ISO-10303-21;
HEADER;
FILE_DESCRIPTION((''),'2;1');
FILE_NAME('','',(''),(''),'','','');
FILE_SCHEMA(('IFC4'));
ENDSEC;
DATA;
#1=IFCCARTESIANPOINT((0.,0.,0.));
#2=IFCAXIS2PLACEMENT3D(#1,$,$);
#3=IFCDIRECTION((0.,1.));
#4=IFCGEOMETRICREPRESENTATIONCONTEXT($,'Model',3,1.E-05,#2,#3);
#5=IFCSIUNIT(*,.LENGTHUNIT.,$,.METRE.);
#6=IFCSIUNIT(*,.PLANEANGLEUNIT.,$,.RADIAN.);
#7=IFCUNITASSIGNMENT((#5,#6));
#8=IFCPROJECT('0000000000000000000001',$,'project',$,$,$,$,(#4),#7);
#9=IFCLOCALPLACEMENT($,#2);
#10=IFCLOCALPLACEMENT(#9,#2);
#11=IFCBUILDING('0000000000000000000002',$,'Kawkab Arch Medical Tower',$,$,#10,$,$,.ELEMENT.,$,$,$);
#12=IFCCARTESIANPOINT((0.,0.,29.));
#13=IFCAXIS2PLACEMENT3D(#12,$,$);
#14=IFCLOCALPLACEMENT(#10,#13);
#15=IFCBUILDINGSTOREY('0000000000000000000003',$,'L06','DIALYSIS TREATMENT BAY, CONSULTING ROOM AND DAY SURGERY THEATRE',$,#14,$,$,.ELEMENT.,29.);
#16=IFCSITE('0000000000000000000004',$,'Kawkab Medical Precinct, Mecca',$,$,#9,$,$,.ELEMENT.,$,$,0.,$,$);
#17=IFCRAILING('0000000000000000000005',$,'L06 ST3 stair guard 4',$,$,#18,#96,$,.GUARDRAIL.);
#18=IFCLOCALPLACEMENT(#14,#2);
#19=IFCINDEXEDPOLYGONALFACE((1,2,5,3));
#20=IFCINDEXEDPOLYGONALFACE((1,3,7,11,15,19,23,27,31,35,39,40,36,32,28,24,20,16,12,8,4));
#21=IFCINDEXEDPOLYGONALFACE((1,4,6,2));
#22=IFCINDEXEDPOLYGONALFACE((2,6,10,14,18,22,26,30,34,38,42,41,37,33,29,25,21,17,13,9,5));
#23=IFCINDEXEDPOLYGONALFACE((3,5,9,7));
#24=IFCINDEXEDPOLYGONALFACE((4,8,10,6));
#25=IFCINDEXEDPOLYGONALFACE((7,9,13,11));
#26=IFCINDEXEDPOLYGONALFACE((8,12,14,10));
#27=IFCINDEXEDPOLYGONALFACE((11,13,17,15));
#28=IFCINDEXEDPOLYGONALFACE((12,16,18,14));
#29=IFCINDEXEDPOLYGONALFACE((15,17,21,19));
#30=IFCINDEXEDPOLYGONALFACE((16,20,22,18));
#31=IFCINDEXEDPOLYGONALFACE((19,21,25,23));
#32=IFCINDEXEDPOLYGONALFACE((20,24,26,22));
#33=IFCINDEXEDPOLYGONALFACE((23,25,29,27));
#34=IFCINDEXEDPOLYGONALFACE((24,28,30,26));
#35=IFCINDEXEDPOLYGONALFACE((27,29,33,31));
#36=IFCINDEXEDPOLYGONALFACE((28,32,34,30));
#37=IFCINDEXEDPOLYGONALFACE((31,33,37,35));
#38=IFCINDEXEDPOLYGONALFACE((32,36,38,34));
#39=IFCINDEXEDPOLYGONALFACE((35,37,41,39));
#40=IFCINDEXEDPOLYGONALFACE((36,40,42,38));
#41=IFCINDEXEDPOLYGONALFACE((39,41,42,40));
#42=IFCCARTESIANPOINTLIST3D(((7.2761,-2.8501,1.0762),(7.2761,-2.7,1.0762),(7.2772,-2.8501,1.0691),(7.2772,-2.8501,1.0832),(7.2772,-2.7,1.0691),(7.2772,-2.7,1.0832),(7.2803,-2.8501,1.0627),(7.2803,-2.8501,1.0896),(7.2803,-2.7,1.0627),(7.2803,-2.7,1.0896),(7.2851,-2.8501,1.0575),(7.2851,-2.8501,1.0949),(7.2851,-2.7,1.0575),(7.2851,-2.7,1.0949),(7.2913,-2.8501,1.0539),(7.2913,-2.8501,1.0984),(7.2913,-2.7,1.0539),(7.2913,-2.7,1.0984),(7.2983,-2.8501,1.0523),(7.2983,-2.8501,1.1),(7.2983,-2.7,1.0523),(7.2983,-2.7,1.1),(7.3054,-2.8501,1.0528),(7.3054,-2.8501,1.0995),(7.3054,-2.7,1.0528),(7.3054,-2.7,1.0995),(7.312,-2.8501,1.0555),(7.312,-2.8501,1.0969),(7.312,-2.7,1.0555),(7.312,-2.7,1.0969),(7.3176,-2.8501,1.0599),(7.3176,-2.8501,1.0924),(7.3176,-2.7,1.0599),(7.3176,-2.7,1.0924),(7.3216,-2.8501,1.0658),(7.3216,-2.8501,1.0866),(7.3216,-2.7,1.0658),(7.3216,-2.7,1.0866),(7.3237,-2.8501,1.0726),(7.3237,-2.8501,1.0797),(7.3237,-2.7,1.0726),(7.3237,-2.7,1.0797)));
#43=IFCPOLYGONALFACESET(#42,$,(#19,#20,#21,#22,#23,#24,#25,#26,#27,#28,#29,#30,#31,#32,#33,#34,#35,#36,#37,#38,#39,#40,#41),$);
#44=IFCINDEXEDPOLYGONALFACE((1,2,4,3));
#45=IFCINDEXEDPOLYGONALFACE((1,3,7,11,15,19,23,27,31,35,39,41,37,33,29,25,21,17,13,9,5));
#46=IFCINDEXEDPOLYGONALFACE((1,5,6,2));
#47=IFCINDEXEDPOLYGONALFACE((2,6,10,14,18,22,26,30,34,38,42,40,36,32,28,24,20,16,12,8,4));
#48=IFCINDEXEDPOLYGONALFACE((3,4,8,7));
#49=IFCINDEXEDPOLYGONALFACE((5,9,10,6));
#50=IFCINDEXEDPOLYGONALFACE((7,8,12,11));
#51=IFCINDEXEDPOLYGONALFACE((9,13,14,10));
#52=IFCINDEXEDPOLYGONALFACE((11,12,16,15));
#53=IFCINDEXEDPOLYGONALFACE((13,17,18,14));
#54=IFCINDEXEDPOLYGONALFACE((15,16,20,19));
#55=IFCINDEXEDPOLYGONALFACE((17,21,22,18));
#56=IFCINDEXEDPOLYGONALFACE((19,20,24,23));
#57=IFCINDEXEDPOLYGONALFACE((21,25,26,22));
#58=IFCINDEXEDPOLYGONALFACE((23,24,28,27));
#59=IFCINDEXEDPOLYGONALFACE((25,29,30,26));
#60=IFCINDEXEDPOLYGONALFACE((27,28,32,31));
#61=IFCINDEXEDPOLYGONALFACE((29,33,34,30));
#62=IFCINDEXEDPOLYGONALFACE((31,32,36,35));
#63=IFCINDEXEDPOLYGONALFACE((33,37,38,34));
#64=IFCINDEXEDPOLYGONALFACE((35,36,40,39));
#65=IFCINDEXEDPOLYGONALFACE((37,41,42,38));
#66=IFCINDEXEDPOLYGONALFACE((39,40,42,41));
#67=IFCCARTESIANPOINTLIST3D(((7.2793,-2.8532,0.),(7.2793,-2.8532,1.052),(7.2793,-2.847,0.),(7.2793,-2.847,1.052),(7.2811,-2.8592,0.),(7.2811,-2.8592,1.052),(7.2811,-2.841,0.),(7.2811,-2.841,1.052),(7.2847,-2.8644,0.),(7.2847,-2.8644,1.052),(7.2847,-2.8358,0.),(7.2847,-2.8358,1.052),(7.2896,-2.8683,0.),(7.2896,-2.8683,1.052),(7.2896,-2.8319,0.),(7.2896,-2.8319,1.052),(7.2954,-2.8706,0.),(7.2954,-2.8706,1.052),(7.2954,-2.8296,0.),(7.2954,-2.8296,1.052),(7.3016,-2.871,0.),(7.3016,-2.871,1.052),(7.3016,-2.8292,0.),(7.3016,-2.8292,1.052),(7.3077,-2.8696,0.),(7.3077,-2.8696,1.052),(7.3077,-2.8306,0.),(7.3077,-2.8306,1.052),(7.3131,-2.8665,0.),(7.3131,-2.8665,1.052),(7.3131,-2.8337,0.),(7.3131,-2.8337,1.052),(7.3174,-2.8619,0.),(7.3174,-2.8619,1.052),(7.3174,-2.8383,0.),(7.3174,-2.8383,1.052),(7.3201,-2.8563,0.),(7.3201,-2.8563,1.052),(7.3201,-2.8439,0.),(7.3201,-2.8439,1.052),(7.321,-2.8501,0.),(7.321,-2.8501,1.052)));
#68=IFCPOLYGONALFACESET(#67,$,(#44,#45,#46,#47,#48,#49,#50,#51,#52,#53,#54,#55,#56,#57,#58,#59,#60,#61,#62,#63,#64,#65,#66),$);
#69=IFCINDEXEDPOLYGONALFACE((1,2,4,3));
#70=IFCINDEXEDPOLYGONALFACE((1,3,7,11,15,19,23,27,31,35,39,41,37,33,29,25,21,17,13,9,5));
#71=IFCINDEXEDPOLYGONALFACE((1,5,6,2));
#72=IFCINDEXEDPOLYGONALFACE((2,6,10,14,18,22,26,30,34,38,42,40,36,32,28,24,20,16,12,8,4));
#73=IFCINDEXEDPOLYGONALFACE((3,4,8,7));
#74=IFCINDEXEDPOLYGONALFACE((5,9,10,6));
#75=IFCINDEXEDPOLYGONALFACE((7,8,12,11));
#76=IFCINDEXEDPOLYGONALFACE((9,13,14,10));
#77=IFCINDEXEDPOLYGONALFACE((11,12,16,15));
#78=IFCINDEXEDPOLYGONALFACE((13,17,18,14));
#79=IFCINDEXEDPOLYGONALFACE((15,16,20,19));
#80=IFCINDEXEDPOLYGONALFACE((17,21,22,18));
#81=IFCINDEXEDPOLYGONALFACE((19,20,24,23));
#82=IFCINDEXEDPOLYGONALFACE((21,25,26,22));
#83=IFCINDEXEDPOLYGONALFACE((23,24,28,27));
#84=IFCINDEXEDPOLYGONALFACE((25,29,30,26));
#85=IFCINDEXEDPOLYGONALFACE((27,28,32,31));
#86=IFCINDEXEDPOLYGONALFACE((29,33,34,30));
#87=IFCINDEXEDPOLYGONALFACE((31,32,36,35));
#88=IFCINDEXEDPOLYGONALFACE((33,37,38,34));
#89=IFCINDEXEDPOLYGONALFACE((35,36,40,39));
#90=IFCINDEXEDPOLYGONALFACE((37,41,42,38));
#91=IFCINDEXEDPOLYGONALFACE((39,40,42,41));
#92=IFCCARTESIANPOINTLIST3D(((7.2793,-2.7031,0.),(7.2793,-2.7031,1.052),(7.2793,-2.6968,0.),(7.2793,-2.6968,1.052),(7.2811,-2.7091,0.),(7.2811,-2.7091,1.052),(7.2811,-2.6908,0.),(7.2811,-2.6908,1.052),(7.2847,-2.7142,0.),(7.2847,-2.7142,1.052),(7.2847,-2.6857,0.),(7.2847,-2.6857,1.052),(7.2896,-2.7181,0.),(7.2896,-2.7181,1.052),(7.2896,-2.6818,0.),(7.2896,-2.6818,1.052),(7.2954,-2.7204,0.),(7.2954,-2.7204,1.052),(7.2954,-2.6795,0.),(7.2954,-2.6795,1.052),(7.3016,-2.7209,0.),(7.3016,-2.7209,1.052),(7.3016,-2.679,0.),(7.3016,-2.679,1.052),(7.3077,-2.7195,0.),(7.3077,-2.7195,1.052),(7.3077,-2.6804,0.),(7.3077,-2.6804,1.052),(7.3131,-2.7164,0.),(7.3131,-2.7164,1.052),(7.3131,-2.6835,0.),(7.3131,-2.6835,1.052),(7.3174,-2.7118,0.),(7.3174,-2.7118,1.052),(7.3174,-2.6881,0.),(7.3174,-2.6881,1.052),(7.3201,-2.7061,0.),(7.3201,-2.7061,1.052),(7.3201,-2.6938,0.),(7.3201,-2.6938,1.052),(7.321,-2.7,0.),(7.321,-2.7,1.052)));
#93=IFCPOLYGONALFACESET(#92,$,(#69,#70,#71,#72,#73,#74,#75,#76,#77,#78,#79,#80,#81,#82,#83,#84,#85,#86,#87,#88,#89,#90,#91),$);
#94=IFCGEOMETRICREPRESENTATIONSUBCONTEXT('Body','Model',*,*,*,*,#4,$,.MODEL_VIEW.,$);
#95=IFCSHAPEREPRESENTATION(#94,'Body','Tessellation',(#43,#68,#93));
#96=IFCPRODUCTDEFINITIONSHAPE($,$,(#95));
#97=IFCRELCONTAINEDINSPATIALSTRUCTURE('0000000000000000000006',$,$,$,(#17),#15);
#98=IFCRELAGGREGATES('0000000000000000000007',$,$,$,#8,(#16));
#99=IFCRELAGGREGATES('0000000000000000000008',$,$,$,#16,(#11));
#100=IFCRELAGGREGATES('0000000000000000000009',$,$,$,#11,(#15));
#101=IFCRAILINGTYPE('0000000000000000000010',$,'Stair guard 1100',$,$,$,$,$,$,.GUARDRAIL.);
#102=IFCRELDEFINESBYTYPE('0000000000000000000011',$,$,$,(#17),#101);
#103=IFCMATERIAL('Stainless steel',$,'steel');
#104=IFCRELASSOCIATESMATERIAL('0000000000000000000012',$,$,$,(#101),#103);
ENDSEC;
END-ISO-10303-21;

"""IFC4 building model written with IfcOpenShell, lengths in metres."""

from ifc_helpers import new_model, si_unit, direction, frame, origin, origin_2d, place, context, subcontext, project, spatial, circle, extrude, material, type_object, element, save


model = new_model("IFC4")

# Units and contexts
model_context = context("Model", 3, precision=1e-05, world=origin(), true_north=direction((0.0, 1.0)))
body_context = subcontext(model_context, "Body", "Model", "MODEL_VIEW")
ifc_project = project(units=[si_unit("LENGTHUNIT", "METRE"), si_unit("PLANEANGLEUNIT", "RADIAN")], contexts=[model_context])

# Site, building, storey
site_placement = place(None, origin())
site = spatial("IfcSite", under=ifc_project, at=site_placement, Name="Kawkab Medical Precinct, Mecca", CompositionType="ELEMENT", RefElevation=0.0)
building_placement = place(site_placement, origin())
building = spatial("IfcBuilding", under=site, at=building_placement, Name="Kawkab Arch Medical Tower", CompositionType="ELEMENT")
storey_placement = place(building_placement, frame((0.0, 0.0, 29.0)))
storey = spatial("IfcBuildingStorey", under=building, at=storey_placement, Name="L06", Description="DIALYSIS TREATMENT BAY, CONSULTING ROOM AND DAY SURGERY THEATRE", CompositionType="ELEMENT", Elevation=29.0)

# Railing
ifc_material_1 = material(Name="Stainless steel", Category="steel")
railing_type = type_object("IfcRailingType", Name="Stair guard 1100", PredefinedType="GUARDRAIL", material=ifc_material_1)
railing_1_placement = place(storey_placement, frame((7.3, -2.8501, 0.0)))
element("IfcRailing", 1, at=railing_1_placement, inside=storey, type_object=railing_type, Name="L06 ST3 stair guard 4", PredefinedType="GUARDRAIL", context=body_context, shape_type="SweptSolid", body=[
    extrude(circle(Radius=0.0239, at=origin_2d()), frame((0.0, 0.0, 1.0762), z_axis=(0.0, 1.0, 0.0), x_axis=(-1.0, 0.0, 0.0)), (0.0, 0.0, 1.0), 0.1501),
    extrude(circle(Radius=0.021, at=origin_2d()), origin(), (0.0, 0.0, 1.0), 1.052),
    extrude(circle(Radius=0.021, at=origin_2d()), frame((0.0, 0.1501, 0.0)), (0.0, 0.0, 1.0), 1.052),
])

save(model, "model.ifc")
